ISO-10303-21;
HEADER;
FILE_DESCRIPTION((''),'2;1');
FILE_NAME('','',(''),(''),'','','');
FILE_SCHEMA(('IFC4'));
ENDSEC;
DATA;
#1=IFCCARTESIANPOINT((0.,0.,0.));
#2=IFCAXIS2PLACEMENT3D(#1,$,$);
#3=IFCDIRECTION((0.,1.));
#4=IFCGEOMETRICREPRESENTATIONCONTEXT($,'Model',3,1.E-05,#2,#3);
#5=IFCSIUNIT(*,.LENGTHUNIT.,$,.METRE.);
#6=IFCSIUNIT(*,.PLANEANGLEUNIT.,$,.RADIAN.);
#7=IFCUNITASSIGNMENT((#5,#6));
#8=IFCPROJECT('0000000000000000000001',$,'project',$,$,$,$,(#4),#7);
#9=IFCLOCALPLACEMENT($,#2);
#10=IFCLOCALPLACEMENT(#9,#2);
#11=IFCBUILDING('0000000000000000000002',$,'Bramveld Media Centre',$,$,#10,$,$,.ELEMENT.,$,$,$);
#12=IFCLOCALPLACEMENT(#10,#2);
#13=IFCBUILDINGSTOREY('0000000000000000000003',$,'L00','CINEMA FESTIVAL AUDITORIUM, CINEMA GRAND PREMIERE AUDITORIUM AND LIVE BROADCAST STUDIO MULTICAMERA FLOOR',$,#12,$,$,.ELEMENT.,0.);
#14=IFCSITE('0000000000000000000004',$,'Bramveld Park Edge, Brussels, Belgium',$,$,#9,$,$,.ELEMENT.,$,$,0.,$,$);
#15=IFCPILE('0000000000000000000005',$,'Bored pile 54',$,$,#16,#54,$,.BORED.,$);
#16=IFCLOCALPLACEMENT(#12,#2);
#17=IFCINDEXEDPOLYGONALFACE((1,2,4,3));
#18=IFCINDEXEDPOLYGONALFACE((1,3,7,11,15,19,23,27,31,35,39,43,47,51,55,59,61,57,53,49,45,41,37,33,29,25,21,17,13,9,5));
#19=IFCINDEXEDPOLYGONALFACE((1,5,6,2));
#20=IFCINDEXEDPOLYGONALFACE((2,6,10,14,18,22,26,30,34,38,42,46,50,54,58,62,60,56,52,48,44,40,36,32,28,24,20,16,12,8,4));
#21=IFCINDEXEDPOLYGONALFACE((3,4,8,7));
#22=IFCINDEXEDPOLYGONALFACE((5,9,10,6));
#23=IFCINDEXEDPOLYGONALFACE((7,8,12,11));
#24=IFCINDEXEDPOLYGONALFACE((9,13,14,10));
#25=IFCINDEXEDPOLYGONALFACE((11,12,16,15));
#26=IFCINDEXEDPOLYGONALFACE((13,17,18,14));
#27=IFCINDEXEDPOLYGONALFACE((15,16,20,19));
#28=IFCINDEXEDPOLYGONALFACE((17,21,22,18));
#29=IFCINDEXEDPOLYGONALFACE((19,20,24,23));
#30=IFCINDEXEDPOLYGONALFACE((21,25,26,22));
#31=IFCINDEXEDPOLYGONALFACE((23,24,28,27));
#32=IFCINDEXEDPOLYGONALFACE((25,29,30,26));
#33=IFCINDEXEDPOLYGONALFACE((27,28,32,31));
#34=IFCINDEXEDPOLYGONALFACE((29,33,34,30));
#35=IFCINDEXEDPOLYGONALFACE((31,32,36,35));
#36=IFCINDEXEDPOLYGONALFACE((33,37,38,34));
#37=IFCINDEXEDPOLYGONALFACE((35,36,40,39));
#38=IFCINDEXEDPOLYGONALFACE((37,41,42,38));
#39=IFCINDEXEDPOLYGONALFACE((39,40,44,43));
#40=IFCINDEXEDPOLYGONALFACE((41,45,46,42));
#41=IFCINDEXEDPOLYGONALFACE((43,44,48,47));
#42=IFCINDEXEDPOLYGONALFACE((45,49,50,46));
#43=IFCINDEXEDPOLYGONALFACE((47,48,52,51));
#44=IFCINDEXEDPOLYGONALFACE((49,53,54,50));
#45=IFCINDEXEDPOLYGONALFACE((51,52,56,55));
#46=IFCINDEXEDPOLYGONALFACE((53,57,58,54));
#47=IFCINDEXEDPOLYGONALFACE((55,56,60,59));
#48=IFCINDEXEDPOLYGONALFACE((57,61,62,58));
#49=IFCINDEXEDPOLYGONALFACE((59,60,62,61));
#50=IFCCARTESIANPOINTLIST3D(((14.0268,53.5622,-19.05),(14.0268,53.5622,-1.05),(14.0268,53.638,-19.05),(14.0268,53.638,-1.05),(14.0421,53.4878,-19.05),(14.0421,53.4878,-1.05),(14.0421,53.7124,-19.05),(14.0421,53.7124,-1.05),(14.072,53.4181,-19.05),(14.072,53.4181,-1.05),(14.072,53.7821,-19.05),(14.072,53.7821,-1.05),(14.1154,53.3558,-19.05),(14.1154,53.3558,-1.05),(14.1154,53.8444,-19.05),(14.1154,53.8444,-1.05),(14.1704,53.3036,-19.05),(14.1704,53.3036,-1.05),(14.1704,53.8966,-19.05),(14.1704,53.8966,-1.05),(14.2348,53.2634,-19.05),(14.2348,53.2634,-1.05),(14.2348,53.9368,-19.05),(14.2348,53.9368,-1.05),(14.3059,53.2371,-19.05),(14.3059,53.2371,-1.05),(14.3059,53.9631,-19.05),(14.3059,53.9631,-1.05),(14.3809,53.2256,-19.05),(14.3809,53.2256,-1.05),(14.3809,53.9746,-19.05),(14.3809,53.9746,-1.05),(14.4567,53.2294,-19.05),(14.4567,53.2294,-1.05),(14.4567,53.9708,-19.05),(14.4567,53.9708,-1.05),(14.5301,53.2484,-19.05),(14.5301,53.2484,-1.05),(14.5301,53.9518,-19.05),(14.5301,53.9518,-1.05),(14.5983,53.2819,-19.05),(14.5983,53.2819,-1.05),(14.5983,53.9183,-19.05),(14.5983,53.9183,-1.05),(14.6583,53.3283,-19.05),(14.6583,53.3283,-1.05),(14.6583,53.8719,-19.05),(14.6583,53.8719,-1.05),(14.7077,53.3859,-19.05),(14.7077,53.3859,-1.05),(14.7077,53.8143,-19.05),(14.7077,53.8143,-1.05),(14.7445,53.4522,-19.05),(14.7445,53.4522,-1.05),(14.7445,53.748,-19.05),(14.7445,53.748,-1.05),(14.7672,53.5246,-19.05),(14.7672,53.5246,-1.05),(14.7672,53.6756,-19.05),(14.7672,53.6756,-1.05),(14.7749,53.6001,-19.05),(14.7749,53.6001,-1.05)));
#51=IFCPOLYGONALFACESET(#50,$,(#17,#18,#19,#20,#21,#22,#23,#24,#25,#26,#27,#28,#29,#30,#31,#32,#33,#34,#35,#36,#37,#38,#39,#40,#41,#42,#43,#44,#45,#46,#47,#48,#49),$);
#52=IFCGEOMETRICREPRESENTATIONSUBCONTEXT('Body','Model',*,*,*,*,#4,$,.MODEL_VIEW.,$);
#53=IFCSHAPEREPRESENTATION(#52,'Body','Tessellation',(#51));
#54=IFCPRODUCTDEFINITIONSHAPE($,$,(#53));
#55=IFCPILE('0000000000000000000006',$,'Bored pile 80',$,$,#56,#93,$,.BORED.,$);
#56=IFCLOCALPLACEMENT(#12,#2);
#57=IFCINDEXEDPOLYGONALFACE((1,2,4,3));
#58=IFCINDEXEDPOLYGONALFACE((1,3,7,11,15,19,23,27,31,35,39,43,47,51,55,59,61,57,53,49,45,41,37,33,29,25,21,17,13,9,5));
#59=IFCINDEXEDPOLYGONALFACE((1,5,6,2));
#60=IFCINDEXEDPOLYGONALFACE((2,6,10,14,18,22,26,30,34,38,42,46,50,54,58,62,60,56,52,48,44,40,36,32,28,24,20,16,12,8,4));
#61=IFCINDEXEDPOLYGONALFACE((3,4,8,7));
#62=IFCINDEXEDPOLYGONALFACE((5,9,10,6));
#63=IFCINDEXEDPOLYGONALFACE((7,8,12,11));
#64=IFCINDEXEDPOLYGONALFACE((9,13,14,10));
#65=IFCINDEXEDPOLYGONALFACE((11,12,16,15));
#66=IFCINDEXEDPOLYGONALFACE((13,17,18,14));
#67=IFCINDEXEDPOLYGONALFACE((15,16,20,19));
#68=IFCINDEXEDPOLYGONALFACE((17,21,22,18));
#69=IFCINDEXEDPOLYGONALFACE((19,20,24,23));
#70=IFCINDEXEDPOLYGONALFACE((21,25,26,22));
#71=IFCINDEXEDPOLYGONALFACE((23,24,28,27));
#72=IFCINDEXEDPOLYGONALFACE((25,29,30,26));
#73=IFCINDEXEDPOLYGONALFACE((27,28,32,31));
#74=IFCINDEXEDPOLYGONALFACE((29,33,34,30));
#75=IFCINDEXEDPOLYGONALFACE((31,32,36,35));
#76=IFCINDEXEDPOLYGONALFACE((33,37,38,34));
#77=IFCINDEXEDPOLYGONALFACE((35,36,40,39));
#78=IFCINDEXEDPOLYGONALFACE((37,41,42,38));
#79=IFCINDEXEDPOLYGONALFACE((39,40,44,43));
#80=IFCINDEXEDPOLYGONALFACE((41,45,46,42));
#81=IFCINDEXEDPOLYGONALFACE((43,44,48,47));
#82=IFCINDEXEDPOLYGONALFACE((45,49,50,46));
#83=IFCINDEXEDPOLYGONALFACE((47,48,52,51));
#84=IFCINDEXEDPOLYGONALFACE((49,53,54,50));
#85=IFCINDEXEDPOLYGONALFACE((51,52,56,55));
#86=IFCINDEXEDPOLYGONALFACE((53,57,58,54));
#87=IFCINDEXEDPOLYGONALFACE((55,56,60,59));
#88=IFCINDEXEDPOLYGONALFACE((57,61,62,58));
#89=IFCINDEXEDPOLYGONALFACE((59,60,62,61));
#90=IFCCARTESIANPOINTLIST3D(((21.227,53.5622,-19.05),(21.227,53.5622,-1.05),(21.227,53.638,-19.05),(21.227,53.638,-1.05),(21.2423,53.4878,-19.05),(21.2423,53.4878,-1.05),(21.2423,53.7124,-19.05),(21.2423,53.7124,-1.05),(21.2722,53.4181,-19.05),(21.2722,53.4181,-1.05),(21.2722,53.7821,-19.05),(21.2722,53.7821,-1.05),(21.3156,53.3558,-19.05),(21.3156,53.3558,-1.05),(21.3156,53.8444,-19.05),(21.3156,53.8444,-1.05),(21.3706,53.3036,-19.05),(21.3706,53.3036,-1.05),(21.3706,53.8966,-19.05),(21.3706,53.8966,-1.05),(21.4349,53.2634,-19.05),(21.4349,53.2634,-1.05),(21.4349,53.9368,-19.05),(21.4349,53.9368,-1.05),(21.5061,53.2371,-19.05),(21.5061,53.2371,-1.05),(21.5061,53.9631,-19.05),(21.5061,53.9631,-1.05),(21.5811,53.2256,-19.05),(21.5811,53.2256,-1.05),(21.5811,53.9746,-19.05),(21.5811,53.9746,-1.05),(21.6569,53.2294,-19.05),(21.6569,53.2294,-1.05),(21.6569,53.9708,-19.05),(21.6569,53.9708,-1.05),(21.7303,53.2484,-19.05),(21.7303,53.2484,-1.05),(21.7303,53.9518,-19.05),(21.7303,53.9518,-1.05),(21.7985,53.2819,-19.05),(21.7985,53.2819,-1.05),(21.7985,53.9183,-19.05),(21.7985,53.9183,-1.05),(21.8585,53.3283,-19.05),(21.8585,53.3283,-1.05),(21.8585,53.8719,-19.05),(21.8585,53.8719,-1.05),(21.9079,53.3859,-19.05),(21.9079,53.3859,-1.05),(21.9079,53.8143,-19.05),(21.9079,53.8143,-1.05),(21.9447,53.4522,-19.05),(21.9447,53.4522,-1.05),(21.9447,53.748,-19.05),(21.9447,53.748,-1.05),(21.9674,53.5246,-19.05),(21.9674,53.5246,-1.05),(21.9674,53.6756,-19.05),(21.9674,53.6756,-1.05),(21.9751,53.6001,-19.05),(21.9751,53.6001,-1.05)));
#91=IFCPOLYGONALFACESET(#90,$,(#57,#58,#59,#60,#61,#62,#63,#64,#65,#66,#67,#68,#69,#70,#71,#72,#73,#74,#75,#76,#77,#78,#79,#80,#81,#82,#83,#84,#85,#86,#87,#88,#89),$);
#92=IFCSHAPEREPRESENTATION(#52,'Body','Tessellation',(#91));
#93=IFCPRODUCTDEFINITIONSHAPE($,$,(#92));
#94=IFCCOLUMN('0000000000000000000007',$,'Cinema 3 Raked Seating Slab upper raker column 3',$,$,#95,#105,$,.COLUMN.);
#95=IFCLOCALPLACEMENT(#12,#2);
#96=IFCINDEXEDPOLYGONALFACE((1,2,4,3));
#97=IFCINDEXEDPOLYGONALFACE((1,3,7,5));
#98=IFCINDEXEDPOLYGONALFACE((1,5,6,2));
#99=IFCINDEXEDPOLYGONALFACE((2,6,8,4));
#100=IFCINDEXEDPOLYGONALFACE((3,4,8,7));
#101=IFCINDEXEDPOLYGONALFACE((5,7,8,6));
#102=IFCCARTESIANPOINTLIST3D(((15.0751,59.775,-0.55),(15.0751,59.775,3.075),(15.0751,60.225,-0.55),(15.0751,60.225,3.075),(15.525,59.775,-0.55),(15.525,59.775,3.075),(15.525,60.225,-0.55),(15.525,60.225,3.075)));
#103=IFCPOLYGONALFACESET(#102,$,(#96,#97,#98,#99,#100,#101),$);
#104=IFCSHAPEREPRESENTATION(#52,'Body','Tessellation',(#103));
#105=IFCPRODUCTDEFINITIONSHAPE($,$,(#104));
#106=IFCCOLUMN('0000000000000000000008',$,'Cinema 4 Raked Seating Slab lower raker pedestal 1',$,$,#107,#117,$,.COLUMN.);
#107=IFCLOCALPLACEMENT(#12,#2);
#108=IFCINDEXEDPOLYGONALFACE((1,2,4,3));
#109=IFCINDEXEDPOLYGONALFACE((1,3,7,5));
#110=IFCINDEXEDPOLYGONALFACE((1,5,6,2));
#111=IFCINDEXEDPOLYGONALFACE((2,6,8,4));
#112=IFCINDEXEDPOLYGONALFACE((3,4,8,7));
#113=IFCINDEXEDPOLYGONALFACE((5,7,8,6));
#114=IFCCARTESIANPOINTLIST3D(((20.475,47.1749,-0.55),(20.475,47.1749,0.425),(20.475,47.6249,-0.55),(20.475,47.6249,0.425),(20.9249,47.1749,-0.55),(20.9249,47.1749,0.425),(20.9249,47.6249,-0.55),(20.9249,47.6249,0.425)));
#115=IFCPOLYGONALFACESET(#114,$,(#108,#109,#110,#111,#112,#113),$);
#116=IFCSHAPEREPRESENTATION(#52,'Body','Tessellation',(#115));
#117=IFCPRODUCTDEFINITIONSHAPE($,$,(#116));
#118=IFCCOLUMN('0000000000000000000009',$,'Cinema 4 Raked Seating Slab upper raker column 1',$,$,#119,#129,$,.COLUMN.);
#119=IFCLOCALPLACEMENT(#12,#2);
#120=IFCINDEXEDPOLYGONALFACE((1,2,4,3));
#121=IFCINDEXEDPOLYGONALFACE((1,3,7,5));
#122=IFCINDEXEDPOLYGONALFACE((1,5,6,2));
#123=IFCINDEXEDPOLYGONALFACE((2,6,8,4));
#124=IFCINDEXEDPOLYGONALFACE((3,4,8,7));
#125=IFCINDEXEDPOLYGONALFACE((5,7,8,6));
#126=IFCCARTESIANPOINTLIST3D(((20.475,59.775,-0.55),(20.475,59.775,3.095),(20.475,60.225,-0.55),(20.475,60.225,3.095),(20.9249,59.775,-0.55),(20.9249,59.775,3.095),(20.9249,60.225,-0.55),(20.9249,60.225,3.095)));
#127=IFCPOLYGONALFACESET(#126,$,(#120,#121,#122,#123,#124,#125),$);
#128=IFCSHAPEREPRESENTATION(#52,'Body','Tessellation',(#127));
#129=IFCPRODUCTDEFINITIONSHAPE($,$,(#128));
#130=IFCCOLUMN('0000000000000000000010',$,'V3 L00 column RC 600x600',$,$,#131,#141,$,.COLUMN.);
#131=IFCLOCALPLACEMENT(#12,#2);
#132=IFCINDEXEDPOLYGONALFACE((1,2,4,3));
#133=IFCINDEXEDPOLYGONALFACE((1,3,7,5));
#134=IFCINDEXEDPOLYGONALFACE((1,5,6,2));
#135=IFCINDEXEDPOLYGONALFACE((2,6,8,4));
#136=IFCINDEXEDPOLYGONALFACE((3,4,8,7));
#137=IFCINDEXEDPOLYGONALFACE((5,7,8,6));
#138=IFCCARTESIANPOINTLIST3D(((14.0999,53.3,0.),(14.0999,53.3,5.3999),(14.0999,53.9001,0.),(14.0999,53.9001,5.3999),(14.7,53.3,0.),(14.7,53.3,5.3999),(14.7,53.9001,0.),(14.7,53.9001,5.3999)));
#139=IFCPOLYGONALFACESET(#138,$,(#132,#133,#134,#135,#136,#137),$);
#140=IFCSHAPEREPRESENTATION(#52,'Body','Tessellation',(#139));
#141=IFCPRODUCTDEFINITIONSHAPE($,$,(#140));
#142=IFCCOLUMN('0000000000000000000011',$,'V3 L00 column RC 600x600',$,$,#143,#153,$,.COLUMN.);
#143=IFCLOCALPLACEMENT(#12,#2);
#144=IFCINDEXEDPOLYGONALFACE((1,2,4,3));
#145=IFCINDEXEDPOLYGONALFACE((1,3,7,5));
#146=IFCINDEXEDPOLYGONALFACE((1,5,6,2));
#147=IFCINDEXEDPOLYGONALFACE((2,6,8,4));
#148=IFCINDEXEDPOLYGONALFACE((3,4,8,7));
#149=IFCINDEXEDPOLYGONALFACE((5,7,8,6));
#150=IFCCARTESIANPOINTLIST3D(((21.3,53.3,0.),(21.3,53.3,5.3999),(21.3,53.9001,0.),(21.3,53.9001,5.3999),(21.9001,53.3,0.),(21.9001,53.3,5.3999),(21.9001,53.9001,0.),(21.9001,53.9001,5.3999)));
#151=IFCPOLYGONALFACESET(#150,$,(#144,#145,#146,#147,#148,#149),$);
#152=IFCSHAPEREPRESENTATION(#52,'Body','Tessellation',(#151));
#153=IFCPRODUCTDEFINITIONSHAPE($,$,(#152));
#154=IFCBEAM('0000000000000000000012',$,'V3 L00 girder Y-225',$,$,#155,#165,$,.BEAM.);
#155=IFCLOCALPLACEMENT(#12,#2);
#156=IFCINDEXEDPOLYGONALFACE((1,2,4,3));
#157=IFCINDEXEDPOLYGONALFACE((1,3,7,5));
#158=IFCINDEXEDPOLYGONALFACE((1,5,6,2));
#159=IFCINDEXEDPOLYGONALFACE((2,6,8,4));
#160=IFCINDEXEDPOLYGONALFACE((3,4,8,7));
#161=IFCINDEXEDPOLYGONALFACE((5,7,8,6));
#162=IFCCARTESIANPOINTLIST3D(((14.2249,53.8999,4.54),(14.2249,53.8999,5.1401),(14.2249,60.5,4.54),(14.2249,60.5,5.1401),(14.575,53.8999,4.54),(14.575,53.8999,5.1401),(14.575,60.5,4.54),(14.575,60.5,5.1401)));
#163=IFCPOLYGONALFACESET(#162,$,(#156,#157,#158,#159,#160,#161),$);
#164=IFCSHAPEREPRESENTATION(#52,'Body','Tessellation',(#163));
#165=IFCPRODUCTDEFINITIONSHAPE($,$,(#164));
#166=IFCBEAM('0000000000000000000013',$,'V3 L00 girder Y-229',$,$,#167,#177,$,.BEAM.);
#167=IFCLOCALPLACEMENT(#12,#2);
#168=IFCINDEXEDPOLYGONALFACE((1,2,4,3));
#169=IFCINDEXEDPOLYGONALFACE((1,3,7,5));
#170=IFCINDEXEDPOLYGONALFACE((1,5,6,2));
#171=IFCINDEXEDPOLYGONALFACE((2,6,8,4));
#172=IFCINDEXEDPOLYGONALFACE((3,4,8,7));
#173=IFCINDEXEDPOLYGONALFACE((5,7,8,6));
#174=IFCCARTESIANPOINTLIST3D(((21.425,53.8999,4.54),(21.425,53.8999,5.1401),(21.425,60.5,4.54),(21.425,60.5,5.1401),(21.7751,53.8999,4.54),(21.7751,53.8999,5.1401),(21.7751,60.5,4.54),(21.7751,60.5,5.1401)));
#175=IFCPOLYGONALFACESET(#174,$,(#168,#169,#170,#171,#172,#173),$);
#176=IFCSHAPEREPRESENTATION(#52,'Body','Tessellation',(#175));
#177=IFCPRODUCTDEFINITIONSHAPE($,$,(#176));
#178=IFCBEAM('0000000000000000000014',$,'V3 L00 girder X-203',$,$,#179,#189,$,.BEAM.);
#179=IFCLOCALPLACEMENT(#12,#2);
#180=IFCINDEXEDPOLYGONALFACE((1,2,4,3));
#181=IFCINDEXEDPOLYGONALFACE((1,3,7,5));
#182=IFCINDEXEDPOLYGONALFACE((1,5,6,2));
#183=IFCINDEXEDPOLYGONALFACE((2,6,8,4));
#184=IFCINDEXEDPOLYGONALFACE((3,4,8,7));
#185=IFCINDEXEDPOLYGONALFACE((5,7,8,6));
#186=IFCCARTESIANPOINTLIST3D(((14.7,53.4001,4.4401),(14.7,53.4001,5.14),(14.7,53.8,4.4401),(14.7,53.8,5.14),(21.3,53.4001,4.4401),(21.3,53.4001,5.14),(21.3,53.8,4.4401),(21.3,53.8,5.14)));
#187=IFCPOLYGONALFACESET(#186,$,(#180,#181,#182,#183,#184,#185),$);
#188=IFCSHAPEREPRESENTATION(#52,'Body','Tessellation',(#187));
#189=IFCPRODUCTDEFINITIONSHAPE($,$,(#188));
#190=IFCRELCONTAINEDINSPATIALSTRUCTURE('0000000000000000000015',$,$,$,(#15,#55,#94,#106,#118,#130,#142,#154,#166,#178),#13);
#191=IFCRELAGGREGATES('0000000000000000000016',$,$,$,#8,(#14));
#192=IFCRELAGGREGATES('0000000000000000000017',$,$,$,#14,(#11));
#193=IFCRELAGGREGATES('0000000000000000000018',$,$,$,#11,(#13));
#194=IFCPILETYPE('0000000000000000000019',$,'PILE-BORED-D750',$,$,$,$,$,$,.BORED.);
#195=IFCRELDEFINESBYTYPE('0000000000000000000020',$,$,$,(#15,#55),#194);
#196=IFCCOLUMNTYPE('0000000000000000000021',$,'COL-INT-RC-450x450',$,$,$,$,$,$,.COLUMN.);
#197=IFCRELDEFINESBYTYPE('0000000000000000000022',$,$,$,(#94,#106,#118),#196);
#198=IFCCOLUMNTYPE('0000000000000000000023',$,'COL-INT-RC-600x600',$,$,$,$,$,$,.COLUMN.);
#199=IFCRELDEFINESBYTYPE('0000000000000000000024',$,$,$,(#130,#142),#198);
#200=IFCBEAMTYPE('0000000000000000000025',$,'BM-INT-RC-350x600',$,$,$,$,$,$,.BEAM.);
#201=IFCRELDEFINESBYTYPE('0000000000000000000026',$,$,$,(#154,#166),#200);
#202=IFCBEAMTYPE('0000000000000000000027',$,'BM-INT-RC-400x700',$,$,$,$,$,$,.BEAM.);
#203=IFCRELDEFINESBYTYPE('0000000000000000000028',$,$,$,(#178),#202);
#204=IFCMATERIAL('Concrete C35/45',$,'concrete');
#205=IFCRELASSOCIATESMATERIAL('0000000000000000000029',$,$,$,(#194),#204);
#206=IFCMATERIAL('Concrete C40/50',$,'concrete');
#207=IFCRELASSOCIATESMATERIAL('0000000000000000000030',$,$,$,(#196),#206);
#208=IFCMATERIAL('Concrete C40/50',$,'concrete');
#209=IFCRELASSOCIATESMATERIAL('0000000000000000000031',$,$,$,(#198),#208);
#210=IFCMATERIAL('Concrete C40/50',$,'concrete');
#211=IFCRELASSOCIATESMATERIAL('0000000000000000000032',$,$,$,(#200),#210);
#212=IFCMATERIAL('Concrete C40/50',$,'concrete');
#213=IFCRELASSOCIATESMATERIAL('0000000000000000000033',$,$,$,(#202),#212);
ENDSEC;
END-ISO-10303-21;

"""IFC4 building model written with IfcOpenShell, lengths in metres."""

from ifc_helpers import new_model, si_unit, direction, frame, origin, origin_2d, place, context, subcontext, project, spatial, rectangle, circle, extrude, material, material_profile, profile_set, type_object, element, save


model = new_model("IFC4")

# Units and contexts
model_context = context("Model", 3, precision=1e-05, world=origin(), true_north=direction((0.0, 1.0)))
body_context = subcontext(model_context, "Body", "Model", "MODEL_VIEW")
ifc_project = project(units=[si_unit("LENGTHUNIT", "METRE"), si_unit("PLANEANGLEUNIT", "RADIAN")], contexts=[model_context])

# Site, building, storey
site_placement = place(None, origin())
site = spatial("IfcSite", under=ifc_project, at=site_placement, Name="Bramveld Park Edge, Brussels, Belgium", CompositionType="ELEMENT", RefElevation=0.0)
building_placement = place(site_placement, origin())
building = spatial("IfcBuilding", under=site, at=building_placement, Name="Bramveld Media Centre", CompositionType="ELEMENT")
storey_placement = place(building_placement, origin())
storey = spatial("IfcBuildingStorey", under=building, at=storey_placement, Name="L00", Description="CINEMA FESTIVAL AUDITORIUM, CINEMA GRAND PREMIERE AUDITORIUM AND LIVE BROADCAST STUDIO MULTICAMERA FLOOR", CompositionType="ELEMENT", Elevation=0.0)

# Piles
ifc_material_1 = material(Name="Concrete C35/45", Category="concrete")
ifc_material_profile_1 = material_profile(ifc_material_1, circle(Radius=0.375, at=origin_2d()), Name="BORED D750")
ifc_profile_set_1 = profile_set([ifc_material_profile_1], Name="Concrete C35/45")
pile_type_1 = type_object("IfcPileType", Name="PILE-BORED-D750", PredefinedType="BORED", material=ifc_profile_set_1)
for number, where, z_axis, x_axis, name in (
    (1, (14.3999, 53.6001, -1.05), (0.0, 0.0, -1.0), (1.0, 0.0, 0.0), "Bored pile 54"),
    (2, (21.6001, 53.6001, -1.05), (0.0, 0.0, -1.0), (1.0, 0.0, 0.0), "Bored pile 80"),
):
    element("IfcPile", number, at=place(storey_placement, frame(where, z_axis=z_axis, x_axis=x_axis)), inside=storey, type_object=pile_type_1, Name=name, PredefinedType="BORED", context=body_context, shape_type="SweptSolid", body=[
        extrude(circle(Radius=0.375, at=origin_2d()), origin(), (0.0, 0.0, 1.0), 18.0),
    ])

# Columns
ifc_material_2 = material(Name="Concrete C40/50", Category="concrete")
ifc_material_profile_2 = material_profile(ifc_material_2, rectangle(XDim=0.45, YDim=0.45, at=origin_2d()), Name="RC 450x450")
ifc_profile_set_2 = profile_set([ifc_material_profile_2], Name="Concrete C40/50")
column_type_1 = type_object("IfcColumnType", Name="COL-INT-RC-450x450", PredefinedType="COLUMN", material=ifc_profile_set_2)
column_1_placement = place(storey_placement, frame((15.3, 60.0, -0.55), z_axis=(0.0, 0.0, 1.0), x_axis=(1.0, 0.0, 0.0)))
element("IfcColumn", 3, at=column_1_placement, inside=storey, type_object=column_type_1, Name="Cinema 3 Raked Seating Slab upper raker column 3", PredefinedType="COLUMN", context=body_context, shape_type="SweptSolid", body=[
    extrude(rectangle(XDim=0.45, YDim=0.45, at=origin_2d()), origin(), (0.0, 0.0, 1.0), 3.625),
])
column_2_placement = place(storey_placement, frame((20.7, 47.3999, -0.55), z_axis=(0.0, 0.0, 1.0), x_axis=(1.0, 0.0, 0.0)))
element("IfcColumn", 4, at=column_2_placement, inside=storey, type_object=column_type_1, Name="Cinema 4 Raked Seating Slab lower raker pedestal 1", PredefinedType="COLUMN", context=body_context, shape_type="SweptSolid", body=[
    extrude(rectangle(XDim=0.45, YDim=0.45, at=origin_2d()), origin(), (0.0, 0.0, 1.0), 0.9751),
])
column_3_placement = place(storey_placement, frame((20.7, 60.0, -0.55), z_axis=(0.0, 0.0, 1.0), x_axis=(1.0, 0.0, 0.0)))
element("IfcColumn", 5, at=column_3_placement, inside=storey, type_object=column_type_1, Name="Cinema 4 Raked Seating Slab upper raker column 1", PredefinedType="COLUMN", context=body_context, shape_type="SweptSolid", body=[
    extrude(rectangle(XDim=0.45, YDim=0.45, at=origin_2d()), origin(), (0.0, 0.0, 1.0), 3.645),
])
ifc_material_3 = material(Name="Concrete C40/50", Category="concrete")
ifc_material_profile_3 = material_profile(ifc_material_3, rectangle(XDim=0.6001, YDim=0.6001, at=origin_2d()), Name="RC 600x600")
ifc_profile_set_3 = profile_set([ifc_material_profile_3], Name="Concrete C40/50")
column_type_2 = type_object("IfcColumnType", Name="COL-INT-RC-600x600", PredefinedType="COLUMN", material=ifc_profile_set_3)
for number, where, z_axis, x_axis, name in (
    (6, (14.3999, 53.6001, 0.0), (0.0, 0.0, 1.0), (1.0, 0.0, 0.0), "V3 L00 column RC 600x600"),
    (7, (21.6001, 53.6001, 0.0), (0.0, 0.0, 1.0), (1.0, 0.0, 0.0), "V3 L00 column RC 600x600"),
):
    element("IfcColumn", number, at=place(storey_placement, frame(where, z_axis=z_axis, x_axis=x_axis)), inside=storey, type_object=column_type_2, Name=name, PredefinedType="COLUMN", context=body_context, shape_type="SweptSolid", body=[
        extrude(rectangle(XDim=0.6001, YDim=0.6001, at=origin_2d()), origin(), (0.0, 0.0, 1.0), 5.3999),
    ])

# Beams
ifc_material_4 = material(Name="Concrete C40/50", Category="concrete")
ifc_material_profile_4 = material_profile(ifc_material_4, rectangle(XDim=0.3501, YDim=0.6001, at=origin_2d()), Name="RC 350x600")
ifc_profile_set_4 = profile_set([ifc_material_profile_4], Name="Concrete C40/50")
beam_type_1 = type_object("IfcBeamType", Name="BM-INT-RC-350x600", PredefinedType="BEAM", material=ifc_profile_set_4)
for number, where, z_axis, x_axis, name in (
    (8, (14.3999, 53.8999, 4.8401), (0.0, 1.0, 0.0), (-1.0, 0.0, 0.0), "V3 L00 girder Y-225"),
    (9, (21.6001, 53.8999, 4.8401), (0.0, 1.0, 0.0), (-1.0, 0.0, 0.0), "V3 L00 girder Y-229"),
):
    element("IfcBeam", number, at=place(storey_placement, frame(where, z_axis=z_axis, x_axis=x_axis)), inside=storey, type_object=beam_type_1, Name=name, PredefinedType="BEAM", context=body_context, shape_type="SweptSolid", body=[
        extrude(rectangle(XDim=0.3501, YDim=0.6001, at=origin_2d()), origin(), (0.0, 0.0, 1.0), 6.6001),
    ])
ifc_material_5 = material(Name="Concrete C40/50", Category="concrete")
ifc_material_profile_5 = material_profile(ifc_material_5, rectangle(XDim=0.3999, YDim=0.7, at=origin_2d()), Name="RC 400x700")
ifc_profile_set_5 = profile_set([ifc_material_profile_5], Name="Concrete C40/50")
beam_type_2 = type_object("IfcBeamType", Name="BM-INT-RC-400x700", PredefinedType="BEAM", material=ifc_profile_set_5)
beam_1_placement = place(storey_placement, frame((14.7, 53.6001, 4.79), z_axis=(1.0, 0.0, 0.0), x_axis=(0.0, 1.0, 0.0)))
element("IfcBeam", 10, at=beam_1_placement, inside=storey, type_object=beam_type_2, Name="V3 L00 girder X-203", PredefinedType="BEAM", context=body_context, shape_type="SweptSolid", body=[
    extrude(rectangle(XDim=0.3999, YDim=0.7, at=origin_2d()), origin(), (0.0, 0.0, 1.0), 6.6001),
])

save(model, "model.ifc")
